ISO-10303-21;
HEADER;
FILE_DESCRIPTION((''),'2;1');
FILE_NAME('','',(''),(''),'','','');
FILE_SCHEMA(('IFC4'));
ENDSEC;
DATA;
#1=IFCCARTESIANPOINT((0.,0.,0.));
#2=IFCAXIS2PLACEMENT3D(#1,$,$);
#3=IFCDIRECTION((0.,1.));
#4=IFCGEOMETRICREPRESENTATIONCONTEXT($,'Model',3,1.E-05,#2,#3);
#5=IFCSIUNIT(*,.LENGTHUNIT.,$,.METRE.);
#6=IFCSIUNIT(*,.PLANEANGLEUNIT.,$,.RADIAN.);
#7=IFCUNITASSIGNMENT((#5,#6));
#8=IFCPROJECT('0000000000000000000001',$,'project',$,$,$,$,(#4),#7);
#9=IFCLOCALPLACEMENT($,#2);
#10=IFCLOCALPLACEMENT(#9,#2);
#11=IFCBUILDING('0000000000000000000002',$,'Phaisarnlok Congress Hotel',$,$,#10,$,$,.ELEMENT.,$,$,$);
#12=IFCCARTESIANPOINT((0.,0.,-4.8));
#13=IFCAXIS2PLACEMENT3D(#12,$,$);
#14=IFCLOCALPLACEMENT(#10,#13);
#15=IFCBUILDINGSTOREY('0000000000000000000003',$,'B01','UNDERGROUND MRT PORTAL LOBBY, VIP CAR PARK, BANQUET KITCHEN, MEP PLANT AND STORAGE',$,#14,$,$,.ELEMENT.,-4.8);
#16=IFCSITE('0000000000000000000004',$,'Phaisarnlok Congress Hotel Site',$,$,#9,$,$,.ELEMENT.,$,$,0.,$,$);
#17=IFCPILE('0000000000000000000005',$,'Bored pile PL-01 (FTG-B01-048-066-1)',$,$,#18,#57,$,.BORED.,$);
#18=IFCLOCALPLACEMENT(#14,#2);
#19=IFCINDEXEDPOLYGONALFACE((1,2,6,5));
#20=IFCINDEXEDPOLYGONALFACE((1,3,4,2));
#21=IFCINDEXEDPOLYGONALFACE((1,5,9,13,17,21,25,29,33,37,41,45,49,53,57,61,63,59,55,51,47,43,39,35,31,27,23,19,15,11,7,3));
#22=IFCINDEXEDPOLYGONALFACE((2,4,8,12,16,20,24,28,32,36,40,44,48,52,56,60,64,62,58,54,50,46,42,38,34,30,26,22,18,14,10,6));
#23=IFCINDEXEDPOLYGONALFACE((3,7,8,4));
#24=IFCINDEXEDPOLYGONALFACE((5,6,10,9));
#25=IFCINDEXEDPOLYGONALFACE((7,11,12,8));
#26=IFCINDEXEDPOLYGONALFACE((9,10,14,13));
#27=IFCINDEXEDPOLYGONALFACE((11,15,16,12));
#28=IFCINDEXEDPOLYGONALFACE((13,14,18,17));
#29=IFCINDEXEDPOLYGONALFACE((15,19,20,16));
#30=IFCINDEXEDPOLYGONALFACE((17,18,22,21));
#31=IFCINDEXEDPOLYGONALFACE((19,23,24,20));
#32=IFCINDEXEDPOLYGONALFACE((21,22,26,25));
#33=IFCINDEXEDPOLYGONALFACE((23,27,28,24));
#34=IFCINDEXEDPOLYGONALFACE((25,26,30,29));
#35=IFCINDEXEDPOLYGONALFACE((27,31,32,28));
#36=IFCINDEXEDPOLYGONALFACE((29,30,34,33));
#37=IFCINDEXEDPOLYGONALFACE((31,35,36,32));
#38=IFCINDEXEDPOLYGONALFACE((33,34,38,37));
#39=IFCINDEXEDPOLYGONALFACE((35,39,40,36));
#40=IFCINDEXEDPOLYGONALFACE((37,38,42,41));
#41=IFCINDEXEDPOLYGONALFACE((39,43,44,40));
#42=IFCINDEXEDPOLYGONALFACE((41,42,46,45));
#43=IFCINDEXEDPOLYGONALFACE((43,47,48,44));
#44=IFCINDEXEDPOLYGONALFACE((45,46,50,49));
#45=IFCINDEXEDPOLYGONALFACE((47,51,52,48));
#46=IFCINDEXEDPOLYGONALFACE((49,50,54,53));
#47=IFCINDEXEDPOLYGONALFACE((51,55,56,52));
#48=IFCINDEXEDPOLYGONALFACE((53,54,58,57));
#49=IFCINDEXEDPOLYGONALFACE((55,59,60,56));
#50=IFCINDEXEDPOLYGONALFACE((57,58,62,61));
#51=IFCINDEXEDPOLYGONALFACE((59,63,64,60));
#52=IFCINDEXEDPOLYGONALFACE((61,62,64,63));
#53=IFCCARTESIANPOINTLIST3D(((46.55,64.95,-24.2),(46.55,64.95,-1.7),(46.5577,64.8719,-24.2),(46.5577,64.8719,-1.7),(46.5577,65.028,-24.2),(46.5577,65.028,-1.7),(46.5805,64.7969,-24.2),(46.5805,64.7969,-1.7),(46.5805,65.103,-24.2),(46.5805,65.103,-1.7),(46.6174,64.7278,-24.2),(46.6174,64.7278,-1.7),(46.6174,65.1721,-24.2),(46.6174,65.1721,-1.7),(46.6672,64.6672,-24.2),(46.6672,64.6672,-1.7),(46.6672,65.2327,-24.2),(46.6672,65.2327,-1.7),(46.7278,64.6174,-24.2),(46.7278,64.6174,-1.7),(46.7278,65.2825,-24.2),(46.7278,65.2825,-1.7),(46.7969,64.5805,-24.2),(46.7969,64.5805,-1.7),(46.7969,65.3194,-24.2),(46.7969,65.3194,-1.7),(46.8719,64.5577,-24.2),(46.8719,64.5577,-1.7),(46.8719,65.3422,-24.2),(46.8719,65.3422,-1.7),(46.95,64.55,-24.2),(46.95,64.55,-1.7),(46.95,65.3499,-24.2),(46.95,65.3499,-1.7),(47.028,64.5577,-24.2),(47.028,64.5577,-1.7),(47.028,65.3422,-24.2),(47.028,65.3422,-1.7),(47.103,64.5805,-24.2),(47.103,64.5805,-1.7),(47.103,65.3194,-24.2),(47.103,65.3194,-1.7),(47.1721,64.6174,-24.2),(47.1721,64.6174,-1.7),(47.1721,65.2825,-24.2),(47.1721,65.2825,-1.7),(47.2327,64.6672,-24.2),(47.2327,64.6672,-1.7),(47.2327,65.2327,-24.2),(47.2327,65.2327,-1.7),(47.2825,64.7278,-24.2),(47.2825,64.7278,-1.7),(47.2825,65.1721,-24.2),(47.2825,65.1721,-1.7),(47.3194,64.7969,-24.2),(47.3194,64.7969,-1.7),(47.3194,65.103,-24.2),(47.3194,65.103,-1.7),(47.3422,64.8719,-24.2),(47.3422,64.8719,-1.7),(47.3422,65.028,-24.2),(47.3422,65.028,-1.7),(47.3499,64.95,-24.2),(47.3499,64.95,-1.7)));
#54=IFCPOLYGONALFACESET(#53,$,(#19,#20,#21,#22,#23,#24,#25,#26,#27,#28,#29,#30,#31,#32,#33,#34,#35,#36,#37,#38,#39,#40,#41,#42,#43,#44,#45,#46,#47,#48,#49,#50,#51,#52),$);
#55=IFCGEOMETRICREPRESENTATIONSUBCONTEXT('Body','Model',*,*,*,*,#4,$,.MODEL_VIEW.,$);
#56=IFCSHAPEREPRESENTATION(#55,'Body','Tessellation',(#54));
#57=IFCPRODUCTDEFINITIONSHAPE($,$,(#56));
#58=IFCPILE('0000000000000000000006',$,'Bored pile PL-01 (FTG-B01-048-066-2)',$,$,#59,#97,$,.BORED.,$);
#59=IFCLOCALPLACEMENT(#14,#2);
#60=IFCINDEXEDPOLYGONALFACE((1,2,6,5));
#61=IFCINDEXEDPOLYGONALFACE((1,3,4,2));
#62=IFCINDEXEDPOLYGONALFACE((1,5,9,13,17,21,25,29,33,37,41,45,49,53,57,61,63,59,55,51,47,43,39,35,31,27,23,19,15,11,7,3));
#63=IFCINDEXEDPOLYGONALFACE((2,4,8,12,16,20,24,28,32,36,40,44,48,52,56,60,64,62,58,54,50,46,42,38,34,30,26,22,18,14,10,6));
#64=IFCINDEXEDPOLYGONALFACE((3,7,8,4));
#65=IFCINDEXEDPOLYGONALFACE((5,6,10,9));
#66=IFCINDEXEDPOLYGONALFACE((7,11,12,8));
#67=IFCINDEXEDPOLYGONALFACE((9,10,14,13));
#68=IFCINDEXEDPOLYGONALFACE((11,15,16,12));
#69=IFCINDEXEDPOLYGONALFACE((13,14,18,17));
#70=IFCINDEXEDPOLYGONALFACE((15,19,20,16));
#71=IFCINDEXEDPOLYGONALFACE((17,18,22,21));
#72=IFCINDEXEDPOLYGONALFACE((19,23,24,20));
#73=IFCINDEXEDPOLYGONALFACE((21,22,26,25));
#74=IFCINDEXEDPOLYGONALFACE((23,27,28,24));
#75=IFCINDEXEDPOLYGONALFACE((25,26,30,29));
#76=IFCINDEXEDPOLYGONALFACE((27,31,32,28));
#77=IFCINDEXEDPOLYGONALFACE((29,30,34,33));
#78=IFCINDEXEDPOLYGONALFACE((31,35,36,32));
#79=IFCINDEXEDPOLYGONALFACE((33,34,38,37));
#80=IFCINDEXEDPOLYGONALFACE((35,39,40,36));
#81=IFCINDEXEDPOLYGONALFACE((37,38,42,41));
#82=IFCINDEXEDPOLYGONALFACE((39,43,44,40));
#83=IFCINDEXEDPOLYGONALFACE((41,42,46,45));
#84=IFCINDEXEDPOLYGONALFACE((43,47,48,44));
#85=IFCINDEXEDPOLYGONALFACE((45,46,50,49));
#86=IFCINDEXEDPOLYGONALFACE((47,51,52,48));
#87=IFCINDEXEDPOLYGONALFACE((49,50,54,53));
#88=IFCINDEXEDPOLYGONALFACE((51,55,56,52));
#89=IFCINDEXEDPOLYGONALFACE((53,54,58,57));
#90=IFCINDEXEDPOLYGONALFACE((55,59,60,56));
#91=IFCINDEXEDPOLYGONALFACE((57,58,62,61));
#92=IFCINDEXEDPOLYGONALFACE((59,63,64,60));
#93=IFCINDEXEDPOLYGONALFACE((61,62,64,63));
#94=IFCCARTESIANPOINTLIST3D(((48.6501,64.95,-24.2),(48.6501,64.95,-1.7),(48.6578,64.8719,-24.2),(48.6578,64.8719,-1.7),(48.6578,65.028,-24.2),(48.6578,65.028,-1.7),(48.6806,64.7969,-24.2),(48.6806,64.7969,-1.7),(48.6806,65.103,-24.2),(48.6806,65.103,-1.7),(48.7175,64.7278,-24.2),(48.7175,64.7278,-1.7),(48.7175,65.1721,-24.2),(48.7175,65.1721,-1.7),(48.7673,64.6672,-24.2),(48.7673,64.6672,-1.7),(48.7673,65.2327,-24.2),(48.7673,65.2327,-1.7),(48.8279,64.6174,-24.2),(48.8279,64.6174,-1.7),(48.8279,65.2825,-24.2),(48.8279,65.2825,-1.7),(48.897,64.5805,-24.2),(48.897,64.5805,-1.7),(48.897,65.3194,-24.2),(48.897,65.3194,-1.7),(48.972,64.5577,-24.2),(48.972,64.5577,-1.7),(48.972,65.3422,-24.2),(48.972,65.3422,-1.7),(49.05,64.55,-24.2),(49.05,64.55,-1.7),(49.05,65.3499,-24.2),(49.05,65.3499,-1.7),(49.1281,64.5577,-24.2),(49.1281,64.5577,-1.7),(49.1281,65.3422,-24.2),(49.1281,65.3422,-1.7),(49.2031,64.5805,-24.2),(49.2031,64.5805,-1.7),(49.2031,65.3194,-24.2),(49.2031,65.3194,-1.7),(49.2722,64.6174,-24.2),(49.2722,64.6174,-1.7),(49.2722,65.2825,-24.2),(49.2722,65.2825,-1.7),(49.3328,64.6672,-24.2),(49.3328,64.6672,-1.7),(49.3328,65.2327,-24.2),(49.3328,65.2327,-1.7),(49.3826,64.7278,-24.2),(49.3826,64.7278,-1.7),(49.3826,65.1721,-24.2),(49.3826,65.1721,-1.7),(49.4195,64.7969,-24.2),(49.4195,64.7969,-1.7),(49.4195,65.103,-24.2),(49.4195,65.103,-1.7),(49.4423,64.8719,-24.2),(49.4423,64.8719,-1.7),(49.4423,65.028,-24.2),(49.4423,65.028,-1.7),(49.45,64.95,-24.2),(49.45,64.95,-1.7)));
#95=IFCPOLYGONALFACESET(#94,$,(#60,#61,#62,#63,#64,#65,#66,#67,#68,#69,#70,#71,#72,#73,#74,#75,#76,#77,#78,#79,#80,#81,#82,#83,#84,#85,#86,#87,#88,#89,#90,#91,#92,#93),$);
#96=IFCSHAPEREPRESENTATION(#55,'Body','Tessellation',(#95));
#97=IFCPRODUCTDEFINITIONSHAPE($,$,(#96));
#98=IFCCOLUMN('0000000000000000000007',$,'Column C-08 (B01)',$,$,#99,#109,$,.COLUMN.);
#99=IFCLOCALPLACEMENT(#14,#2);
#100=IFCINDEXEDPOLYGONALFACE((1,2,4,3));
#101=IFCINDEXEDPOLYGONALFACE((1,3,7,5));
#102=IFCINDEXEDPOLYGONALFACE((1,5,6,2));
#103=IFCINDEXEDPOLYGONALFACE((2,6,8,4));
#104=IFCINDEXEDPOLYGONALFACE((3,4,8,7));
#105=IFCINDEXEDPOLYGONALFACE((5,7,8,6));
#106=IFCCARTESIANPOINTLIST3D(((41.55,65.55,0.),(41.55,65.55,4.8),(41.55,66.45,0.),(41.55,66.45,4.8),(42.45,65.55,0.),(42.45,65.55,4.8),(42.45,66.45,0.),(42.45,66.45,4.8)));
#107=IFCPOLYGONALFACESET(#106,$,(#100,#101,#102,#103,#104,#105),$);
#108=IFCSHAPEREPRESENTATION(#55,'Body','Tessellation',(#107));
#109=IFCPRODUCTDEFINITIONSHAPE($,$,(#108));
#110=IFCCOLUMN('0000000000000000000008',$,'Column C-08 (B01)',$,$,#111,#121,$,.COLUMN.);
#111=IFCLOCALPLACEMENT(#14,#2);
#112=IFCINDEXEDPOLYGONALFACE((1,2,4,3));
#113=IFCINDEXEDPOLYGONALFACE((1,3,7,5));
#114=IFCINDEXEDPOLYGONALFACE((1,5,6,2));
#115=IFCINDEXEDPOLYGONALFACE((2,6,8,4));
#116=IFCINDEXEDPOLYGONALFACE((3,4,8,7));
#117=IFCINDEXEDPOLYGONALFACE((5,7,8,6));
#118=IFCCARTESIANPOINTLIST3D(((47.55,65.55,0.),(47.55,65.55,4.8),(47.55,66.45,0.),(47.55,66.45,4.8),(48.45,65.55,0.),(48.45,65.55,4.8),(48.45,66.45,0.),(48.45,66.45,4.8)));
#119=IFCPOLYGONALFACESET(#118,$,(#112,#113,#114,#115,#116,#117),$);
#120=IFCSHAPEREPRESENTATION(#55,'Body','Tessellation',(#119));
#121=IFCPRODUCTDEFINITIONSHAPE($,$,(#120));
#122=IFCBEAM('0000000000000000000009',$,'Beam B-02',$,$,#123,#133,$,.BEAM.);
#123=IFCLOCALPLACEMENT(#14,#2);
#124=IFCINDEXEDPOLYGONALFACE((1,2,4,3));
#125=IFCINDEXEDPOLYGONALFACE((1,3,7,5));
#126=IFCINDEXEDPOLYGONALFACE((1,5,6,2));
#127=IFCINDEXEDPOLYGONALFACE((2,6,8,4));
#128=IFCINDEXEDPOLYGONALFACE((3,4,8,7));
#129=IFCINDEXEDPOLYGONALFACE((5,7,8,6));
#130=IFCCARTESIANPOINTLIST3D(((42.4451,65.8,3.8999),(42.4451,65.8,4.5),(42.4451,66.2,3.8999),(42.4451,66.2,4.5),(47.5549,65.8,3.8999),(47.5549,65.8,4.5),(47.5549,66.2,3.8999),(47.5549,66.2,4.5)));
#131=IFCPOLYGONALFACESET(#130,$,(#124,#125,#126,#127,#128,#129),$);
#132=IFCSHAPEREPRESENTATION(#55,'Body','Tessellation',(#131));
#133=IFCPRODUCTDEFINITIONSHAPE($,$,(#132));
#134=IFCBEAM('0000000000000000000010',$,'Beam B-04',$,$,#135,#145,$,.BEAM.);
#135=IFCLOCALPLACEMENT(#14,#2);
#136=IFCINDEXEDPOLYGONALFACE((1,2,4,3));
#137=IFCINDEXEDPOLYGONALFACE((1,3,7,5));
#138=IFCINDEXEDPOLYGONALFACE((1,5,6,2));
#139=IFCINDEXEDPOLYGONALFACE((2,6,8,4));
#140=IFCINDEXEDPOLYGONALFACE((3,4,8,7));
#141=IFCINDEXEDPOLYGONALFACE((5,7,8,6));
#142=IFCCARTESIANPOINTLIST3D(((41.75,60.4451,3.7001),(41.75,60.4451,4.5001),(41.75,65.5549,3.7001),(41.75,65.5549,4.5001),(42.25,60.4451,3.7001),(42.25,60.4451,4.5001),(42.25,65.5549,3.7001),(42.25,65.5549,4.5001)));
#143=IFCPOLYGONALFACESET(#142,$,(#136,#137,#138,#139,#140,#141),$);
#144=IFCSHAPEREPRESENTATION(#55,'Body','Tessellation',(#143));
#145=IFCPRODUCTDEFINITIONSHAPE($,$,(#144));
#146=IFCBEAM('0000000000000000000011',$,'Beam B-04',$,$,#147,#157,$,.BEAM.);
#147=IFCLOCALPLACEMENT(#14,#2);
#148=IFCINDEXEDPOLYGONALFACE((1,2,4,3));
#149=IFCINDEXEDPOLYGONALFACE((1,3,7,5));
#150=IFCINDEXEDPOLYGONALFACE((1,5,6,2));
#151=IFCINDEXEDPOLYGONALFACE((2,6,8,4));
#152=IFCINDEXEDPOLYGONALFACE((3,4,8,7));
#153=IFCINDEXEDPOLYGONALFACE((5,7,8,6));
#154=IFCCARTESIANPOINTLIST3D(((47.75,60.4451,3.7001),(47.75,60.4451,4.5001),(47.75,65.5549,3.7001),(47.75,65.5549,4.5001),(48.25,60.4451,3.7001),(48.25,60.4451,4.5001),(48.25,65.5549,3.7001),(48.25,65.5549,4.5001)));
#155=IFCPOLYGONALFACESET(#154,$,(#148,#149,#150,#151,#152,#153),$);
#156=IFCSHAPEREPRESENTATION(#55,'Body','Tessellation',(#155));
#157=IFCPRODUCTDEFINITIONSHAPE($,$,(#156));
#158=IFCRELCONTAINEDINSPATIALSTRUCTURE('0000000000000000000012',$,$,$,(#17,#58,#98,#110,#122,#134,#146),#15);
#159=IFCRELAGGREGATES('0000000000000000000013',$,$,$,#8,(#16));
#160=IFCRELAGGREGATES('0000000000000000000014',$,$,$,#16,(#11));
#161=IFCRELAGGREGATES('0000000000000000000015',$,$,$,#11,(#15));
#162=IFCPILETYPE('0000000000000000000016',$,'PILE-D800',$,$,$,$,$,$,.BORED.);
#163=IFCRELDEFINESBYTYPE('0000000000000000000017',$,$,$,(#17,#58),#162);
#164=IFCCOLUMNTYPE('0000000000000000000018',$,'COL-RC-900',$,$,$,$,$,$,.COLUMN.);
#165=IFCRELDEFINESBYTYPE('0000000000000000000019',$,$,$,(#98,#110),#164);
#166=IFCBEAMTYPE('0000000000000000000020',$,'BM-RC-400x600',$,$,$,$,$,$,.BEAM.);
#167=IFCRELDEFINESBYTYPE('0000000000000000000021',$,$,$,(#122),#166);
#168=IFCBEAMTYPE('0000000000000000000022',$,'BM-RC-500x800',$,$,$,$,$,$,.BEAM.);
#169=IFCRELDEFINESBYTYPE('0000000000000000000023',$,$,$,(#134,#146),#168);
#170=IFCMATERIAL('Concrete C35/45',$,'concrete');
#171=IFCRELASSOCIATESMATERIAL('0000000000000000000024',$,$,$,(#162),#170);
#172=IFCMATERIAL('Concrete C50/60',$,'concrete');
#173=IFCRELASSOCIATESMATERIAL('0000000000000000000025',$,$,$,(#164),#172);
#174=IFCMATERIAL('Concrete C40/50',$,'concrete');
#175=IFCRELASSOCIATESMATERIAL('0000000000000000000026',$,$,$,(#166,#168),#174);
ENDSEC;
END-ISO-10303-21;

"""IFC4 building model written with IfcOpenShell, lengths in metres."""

from ifc_helpers import new_model, si_unit, direction, frame, origin, origin_2d, place, context, subcontext, project, spatial, rectangle, circle, extrude, material, material_profile, profile_set, type_object, element, save


model = new_model("IFC4")

# Units and contexts
model_context = context("Model", 3, precision=1e-05, world=origin(), true_north=direction((0.0, 1.0)))
body_context = subcontext(model_context, "Body", "Model", "MODEL_VIEW")
ifc_project = project(units=[si_unit("LENGTHUNIT", "METRE"), si_unit("PLANEANGLEUNIT", "RADIAN")], contexts=[model_context])

# Site, building, storey
site_placement = place(None, origin())
site = spatial("IfcSite", under=ifc_project, at=site_placement, Name="Phaisarnlok Congress Hotel Site", CompositionType="ELEMENT", RefElevation=0.0)
building_placement = place(site_placement, origin())
building = spatial("IfcBuilding", under=site, at=building_placement, Name="Phaisarnlok Congress Hotel", CompositionType="ELEMENT")
storey_placement = place(building_placement, frame((0.0, 0.0, -4.8)))
storey = spatial("IfcBuildingStorey", under=building, at=storey_placement, Name="B01", Description="UNDERGROUND MRT PORTAL LOBBY, VIP CAR PARK, BANQUET KITCHEN, MEP PLANT AND STORAGE", CompositionType="ELEMENT", Elevation=-4.8)

# Shared definitions
ifc_material_1 = material(Name="Concrete C40/50", Category="concrete")

# Piles
ifc_material_2 = material(Name="Concrete C35/45", Category="concrete")
ifc_material_profile_1 = material_profile(ifc_material_2, circle(Radius=0.3999, at=origin_2d()), Name="BORED PILE D800")
ifc_profile_set_1 = profile_set([ifc_material_profile_1], Name="Concrete C35/45")
pile_type_1 = type_object("IfcPileType", Name="PILE-D800", PredefinedType="BORED", material=ifc_profile_set_1)
for number, where, z_axis, x_axis, name in (
    (1, (46.95, 64.95, -1.7), (0.0, 0.0, -1.0), (1.0, 0.0, 0.0), "Bored pile PL-01 (FTG-B01-048-066-1)"),
    (2, (49.05, 64.95, -1.7), (0.0, 0.0, -1.0), (1.0, 0.0, 0.0), "Bored pile PL-01 (FTG-B01-048-066-2)"),
):
    element("IfcPile", number, at=place(storey_placement, frame(where, z_axis=z_axis, x_axis=x_axis)), inside=storey, type_object=pile_type_1, Name=name, PredefinedType="BORED", context=body_context, shape_type="SweptSolid", body=[
        extrude(circle(Radius=0.3999, at=origin_2d()), origin(), (0.0, 0.0, 1.0), 22.5),
    ])

# Columns
ifc_material_3 = material(Name="Concrete C50/60", Category="concrete")
ifc_material_profile_2 = material_profile(ifc_material_3, rectangle(XDim=0.8999, YDim=0.8999, at=origin_2d()), Name="RC 900x900")
ifc_profile_set_2 = profile_set([ifc_material_profile_2], Name="Concrete C50/60")
column_type = type_object("IfcColumnType", Name="COL-RC-900", PredefinedType="COLUMN", material=ifc_profile_set_2)
for number, where, z_axis, x_axis, name in (
    (3, (42.0, 66.0, 0.0), (0.0, 0.0, 1.0), (1.0, 0.0, 0.0), "Column C-08 (B01)"),
    (4, (48.0, 66.0, 0.0), (0.0, 0.0, 1.0), (1.0, 0.0, 0.0), "Column C-08 (B01)"),
):
    element("IfcColumn", number, at=place(storey_placement, frame(where, z_axis=z_axis, x_axis=x_axis)), inside=storey, type_object=column_type, Name=name, PredefinedType="COLUMN", context=body_context, shape_type="SweptSolid", body=[
        extrude(rectangle(XDim=0.8999, YDim=0.8999, at=origin_2d()), origin(), (0.0, 0.0, 1.0), 4.8),
    ])

# Beams
ifc_material_profile_3 = material_profile(ifc_material_1, rectangle(XDim=0.3999, YDim=0.6001, at=origin_2d()), Name="RC 400x600")
ifc_profile_set_3 = profile_set([ifc_material_profile_3], Name="Concrete C40/50")
beam_type_1 = type_object("IfcBeamType", Name="BM-RC-400x600", PredefinedType="BEAM", material=ifc_profile_set_3)
beam_1_placement = place(storey_placement, frame((42.4451, 66.0, 4.2), z_axis=(1.0, 0.0, 0.0), x_axis=(0.0, 1.0, 0.0)))
element("IfcBeam", 5, at=beam_1_placement, inside=storey, type_object=beam_type_1, Name="Beam B-02", PredefinedType="BEAM", context=body_context, shape_type="SweptSolid", body=[
    extrude(rectangle(XDim=0.3999, YDim=0.6001, at=origin_2d()), origin(), (0.0, 0.0, 1.0), 5.1099),
])
ifc_material_profile_4 = material_profile(ifc_material_1, rectangle(XDim=0.5, YDim=0.8, at=origin_2d()), Name="RC 500x800")
ifc_profile_set_4 = profile_set([ifc_material_profile_4], Name="Concrete C40/50")
beam_type_2 = type_object("IfcBeamType", Name="BM-RC-500x800", PredefinedType="BEAM", material=ifc_profile_set_4)
for number, where, z_axis, x_axis, name in (
    (6, (42.0, 60.4451, 4.1001), (0.0, 1.0, 0.0), (-1.0, 0.0, 0.0), "Beam B-04"),
    (7, (48.0, 60.4451, 4.1001), (0.0, 1.0, 0.0), (-1.0, 0.0, 0.0), "Beam B-04"),
):
    element("IfcBeam", number, at=place(storey_placement, frame(where, z_axis=z_axis, x_axis=x_axis)), inside=storey, type_object=beam_type_2, Name=name, PredefinedType="BEAM", context=body_context, shape_type="SweptSolid", body=[
        extrude(rectangle(XDim=0.5, YDim=0.8, at=origin_2d()), origin(), (0.0, 0.0, 1.0), 5.1099),
    ])

save(model, "model.ifc")
